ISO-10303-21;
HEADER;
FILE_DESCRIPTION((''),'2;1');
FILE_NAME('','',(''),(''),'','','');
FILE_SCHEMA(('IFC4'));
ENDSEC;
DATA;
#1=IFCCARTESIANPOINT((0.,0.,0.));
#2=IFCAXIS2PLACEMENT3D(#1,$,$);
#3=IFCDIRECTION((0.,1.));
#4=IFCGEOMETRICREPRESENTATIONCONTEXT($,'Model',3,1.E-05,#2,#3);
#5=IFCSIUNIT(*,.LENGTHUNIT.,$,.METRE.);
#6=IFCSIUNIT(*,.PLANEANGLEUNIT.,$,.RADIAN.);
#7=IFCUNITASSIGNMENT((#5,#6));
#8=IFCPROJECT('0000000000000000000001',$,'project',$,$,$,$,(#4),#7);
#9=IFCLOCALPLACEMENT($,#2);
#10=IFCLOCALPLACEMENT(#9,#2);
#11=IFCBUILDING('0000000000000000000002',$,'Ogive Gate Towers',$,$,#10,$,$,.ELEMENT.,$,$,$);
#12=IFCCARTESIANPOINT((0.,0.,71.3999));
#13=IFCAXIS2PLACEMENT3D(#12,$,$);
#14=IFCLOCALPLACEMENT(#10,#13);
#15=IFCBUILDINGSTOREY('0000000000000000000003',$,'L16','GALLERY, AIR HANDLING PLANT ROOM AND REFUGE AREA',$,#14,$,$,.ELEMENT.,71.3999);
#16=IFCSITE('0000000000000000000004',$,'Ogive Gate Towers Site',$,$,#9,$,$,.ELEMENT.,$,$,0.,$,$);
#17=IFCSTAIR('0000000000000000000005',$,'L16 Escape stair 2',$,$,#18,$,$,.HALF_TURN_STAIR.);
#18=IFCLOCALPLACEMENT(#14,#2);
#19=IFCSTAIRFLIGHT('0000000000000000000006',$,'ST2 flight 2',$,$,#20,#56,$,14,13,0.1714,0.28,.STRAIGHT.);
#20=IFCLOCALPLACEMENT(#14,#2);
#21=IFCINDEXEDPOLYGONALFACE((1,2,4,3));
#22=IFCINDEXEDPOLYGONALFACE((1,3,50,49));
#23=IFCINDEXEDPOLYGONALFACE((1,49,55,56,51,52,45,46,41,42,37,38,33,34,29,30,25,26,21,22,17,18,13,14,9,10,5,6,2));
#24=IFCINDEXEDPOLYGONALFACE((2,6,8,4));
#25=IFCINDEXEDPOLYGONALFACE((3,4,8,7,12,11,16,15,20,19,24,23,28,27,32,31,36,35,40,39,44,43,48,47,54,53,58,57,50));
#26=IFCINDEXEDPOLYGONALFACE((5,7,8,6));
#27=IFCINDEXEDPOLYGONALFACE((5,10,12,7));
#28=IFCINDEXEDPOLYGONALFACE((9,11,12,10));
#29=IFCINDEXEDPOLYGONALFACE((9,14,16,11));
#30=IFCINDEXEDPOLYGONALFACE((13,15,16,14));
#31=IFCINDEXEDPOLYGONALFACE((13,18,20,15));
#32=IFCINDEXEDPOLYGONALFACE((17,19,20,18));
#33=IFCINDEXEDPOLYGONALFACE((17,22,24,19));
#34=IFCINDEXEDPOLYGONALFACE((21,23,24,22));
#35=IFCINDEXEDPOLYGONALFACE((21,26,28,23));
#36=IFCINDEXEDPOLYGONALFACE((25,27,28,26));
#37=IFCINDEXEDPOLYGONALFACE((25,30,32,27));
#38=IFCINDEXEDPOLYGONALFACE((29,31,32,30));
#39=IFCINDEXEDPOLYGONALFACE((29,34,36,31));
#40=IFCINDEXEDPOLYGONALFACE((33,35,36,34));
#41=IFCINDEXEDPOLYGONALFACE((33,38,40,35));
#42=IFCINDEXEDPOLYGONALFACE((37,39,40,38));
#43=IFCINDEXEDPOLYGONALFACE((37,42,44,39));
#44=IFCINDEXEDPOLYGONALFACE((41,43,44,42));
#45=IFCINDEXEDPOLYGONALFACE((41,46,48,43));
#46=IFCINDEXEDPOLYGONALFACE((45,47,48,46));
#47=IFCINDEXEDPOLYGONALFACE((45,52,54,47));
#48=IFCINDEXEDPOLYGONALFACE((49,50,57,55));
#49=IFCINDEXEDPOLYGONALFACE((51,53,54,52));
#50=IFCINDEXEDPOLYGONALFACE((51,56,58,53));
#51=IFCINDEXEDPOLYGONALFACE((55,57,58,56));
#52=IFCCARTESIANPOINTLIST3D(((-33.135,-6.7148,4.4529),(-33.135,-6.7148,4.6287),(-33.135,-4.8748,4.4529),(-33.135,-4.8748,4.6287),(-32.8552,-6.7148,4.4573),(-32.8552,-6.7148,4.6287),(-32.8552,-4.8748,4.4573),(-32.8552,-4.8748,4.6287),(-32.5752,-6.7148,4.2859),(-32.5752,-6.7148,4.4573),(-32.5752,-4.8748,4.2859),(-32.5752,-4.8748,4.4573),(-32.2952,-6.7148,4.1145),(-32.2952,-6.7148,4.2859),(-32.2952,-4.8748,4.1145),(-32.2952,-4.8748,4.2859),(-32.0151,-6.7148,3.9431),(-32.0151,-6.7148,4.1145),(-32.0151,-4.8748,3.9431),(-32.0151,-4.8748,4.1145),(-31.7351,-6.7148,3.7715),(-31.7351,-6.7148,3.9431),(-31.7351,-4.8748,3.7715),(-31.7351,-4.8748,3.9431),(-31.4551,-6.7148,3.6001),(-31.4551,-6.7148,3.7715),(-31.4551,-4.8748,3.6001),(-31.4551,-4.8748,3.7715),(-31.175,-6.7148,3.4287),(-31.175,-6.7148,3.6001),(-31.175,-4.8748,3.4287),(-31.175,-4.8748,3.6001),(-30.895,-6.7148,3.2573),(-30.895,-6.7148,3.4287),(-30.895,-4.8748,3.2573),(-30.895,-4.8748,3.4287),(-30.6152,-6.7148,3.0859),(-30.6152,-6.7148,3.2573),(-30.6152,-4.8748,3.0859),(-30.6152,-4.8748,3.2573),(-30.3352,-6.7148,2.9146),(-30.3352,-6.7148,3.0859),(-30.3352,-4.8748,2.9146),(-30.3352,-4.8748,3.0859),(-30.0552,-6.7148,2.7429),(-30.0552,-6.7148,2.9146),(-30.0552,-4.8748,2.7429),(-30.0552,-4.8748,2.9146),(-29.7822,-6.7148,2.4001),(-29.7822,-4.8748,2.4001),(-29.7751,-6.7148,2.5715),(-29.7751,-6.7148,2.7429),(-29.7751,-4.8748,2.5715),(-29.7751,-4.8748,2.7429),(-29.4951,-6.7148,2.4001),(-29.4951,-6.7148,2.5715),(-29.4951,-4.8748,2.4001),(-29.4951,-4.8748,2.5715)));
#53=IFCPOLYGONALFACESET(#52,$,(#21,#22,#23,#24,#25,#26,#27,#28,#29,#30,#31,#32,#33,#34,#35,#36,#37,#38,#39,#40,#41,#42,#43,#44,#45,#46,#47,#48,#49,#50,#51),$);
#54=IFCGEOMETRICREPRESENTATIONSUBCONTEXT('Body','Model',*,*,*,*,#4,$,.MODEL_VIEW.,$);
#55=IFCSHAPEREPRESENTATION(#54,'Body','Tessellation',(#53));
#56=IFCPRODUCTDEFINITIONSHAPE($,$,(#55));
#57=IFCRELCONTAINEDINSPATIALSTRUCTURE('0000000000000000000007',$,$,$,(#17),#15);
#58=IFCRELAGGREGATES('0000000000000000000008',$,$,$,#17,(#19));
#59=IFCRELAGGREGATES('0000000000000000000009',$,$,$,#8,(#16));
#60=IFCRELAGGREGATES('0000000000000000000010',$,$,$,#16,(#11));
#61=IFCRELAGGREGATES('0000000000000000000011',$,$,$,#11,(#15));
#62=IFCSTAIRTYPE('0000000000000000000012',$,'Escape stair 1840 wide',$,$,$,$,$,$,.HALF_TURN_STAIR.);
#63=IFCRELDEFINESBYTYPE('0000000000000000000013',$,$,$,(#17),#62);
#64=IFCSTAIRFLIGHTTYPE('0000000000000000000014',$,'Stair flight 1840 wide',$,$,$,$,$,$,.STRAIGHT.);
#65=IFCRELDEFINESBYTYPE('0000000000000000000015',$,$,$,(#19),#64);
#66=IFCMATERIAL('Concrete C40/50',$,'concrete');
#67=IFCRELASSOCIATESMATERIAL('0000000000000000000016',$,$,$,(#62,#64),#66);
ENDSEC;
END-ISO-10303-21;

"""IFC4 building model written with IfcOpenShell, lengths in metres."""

from ifc_helpers import new_model, si_unit, direction, frame, origin, place, context, subcontext, project, spatial, polyline, outline, extrude, material, type_object, element, aggregate, save


model = new_model("IFC4")

# Units and contexts
model_context = context("Model", 3, precision=1e-05, world=origin(), true_north=direction((0.0, 1.0)))
body_context = subcontext(model_context, "Body", "Model", "MODEL_VIEW")
ifc_project = project(units=[si_unit("LENGTHUNIT", "METRE"), si_unit("PLANEANGLEUNIT", "RADIAN")], contexts=[model_context])

# Site, building, storey
site_placement = place(None, origin())
site = spatial("IfcSite", under=ifc_project, at=site_placement, Name="Ogive Gate Towers Site", CompositionType="ELEMENT", RefElevation=0.0)
building_placement = place(site_placement, origin())
building = spatial("IfcBuilding", under=site, at=building_placement, Name="Ogive Gate Towers", CompositionType="ELEMENT")
storey_placement = place(building_placement, frame((0.0, 0.0, 71.3999)))
storey = spatial("IfcBuildingStorey", under=building, at=storey_placement, Name="L16", Description="GALLERY, AIR HANDLING PLANT ROOM AND REFUGE AREA", CompositionType="ELEMENT", Elevation=71.3999)

# Stair, stair flight
ifc_material_1 = material(Name="Concrete C40/50", Category="concrete")
stair_type = type_object("IfcStairType", Name="Escape stair 1840 wide", PredefinedType="HALF_TURN_STAIR", material=ifc_material_1)
stair_placement = place(storey_placement, origin())
stair = element("IfcStair", 1, at=stair_placement, inside=storey, type_object=stair_type, Name="L16 Escape stair 2", PredefinedType="HALF_TURN_STAIR")
stair_flight_type = type_object("IfcStairFlightType", Name="Stair flight 1840 wide", PredefinedType="STRAIGHT", material=ifc_material_1)
stair_flight_1_placement = place(storey_placement, frame((-29.4951, -5.7949, 2.4001), z_axis=(0.0, 0.0, 1.0), x_axis=(-1.0, 0.0, 0.0)))
stair_flight_1 = element("IfcStairFlight", 2, at=stair_flight_1_placement, type_object=stair_flight_type, Name="ST2 flight 2", NumberOfRisers=14, NumberOfTreads=13, PredefinedType="STRAIGHT", RiserHeight=0.1714, TreadLength=0.28, context=body_context, shape_type="SweptSolid", body=[
    extrude(outline(polyline([(0.0, 0.0), (0.0, 0.1714), (0.28, 0.1714), (0.28, 0.3428), (0.5601, 0.3428), (0.5601, 0.5144), (0.8401, 0.5144), (0.8401, 0.6858), (1.1201, 0.6858), (1.1201, 0.8572), (1.3999, 0.8572), (1.3999, 1.0286), (1.6799, 1.0286), (1.6799, 1.2), (1.96, 1.2), (1.96, 1.3713), (2.24, 1.3713), (2.24, 1.543), (2.52, 1.543), (2.52, 1.7144), (2.8, 1.7144), (2.8, 1.8857), (3.0801, 1.8857), (3.0801, 2.0571), (3.3601, 2.0571), (3.3601, 2.2285), (3.6399, 2.2285), (3.6399, 2.3999), (3.6399, 2.0527), (0.2871, 0.0), (0.0, 0.0)])), frame((0.0, 0.9199, 0.0), z_axis=(0.0, -1.0, 0.0), x_axis=(1.0, 0.0, 0.0)), (0.0, 0.0, 1.0), 1.8401),
])
aggregate(stair, [stair_flight_1])

save(model, "model.ifc")
